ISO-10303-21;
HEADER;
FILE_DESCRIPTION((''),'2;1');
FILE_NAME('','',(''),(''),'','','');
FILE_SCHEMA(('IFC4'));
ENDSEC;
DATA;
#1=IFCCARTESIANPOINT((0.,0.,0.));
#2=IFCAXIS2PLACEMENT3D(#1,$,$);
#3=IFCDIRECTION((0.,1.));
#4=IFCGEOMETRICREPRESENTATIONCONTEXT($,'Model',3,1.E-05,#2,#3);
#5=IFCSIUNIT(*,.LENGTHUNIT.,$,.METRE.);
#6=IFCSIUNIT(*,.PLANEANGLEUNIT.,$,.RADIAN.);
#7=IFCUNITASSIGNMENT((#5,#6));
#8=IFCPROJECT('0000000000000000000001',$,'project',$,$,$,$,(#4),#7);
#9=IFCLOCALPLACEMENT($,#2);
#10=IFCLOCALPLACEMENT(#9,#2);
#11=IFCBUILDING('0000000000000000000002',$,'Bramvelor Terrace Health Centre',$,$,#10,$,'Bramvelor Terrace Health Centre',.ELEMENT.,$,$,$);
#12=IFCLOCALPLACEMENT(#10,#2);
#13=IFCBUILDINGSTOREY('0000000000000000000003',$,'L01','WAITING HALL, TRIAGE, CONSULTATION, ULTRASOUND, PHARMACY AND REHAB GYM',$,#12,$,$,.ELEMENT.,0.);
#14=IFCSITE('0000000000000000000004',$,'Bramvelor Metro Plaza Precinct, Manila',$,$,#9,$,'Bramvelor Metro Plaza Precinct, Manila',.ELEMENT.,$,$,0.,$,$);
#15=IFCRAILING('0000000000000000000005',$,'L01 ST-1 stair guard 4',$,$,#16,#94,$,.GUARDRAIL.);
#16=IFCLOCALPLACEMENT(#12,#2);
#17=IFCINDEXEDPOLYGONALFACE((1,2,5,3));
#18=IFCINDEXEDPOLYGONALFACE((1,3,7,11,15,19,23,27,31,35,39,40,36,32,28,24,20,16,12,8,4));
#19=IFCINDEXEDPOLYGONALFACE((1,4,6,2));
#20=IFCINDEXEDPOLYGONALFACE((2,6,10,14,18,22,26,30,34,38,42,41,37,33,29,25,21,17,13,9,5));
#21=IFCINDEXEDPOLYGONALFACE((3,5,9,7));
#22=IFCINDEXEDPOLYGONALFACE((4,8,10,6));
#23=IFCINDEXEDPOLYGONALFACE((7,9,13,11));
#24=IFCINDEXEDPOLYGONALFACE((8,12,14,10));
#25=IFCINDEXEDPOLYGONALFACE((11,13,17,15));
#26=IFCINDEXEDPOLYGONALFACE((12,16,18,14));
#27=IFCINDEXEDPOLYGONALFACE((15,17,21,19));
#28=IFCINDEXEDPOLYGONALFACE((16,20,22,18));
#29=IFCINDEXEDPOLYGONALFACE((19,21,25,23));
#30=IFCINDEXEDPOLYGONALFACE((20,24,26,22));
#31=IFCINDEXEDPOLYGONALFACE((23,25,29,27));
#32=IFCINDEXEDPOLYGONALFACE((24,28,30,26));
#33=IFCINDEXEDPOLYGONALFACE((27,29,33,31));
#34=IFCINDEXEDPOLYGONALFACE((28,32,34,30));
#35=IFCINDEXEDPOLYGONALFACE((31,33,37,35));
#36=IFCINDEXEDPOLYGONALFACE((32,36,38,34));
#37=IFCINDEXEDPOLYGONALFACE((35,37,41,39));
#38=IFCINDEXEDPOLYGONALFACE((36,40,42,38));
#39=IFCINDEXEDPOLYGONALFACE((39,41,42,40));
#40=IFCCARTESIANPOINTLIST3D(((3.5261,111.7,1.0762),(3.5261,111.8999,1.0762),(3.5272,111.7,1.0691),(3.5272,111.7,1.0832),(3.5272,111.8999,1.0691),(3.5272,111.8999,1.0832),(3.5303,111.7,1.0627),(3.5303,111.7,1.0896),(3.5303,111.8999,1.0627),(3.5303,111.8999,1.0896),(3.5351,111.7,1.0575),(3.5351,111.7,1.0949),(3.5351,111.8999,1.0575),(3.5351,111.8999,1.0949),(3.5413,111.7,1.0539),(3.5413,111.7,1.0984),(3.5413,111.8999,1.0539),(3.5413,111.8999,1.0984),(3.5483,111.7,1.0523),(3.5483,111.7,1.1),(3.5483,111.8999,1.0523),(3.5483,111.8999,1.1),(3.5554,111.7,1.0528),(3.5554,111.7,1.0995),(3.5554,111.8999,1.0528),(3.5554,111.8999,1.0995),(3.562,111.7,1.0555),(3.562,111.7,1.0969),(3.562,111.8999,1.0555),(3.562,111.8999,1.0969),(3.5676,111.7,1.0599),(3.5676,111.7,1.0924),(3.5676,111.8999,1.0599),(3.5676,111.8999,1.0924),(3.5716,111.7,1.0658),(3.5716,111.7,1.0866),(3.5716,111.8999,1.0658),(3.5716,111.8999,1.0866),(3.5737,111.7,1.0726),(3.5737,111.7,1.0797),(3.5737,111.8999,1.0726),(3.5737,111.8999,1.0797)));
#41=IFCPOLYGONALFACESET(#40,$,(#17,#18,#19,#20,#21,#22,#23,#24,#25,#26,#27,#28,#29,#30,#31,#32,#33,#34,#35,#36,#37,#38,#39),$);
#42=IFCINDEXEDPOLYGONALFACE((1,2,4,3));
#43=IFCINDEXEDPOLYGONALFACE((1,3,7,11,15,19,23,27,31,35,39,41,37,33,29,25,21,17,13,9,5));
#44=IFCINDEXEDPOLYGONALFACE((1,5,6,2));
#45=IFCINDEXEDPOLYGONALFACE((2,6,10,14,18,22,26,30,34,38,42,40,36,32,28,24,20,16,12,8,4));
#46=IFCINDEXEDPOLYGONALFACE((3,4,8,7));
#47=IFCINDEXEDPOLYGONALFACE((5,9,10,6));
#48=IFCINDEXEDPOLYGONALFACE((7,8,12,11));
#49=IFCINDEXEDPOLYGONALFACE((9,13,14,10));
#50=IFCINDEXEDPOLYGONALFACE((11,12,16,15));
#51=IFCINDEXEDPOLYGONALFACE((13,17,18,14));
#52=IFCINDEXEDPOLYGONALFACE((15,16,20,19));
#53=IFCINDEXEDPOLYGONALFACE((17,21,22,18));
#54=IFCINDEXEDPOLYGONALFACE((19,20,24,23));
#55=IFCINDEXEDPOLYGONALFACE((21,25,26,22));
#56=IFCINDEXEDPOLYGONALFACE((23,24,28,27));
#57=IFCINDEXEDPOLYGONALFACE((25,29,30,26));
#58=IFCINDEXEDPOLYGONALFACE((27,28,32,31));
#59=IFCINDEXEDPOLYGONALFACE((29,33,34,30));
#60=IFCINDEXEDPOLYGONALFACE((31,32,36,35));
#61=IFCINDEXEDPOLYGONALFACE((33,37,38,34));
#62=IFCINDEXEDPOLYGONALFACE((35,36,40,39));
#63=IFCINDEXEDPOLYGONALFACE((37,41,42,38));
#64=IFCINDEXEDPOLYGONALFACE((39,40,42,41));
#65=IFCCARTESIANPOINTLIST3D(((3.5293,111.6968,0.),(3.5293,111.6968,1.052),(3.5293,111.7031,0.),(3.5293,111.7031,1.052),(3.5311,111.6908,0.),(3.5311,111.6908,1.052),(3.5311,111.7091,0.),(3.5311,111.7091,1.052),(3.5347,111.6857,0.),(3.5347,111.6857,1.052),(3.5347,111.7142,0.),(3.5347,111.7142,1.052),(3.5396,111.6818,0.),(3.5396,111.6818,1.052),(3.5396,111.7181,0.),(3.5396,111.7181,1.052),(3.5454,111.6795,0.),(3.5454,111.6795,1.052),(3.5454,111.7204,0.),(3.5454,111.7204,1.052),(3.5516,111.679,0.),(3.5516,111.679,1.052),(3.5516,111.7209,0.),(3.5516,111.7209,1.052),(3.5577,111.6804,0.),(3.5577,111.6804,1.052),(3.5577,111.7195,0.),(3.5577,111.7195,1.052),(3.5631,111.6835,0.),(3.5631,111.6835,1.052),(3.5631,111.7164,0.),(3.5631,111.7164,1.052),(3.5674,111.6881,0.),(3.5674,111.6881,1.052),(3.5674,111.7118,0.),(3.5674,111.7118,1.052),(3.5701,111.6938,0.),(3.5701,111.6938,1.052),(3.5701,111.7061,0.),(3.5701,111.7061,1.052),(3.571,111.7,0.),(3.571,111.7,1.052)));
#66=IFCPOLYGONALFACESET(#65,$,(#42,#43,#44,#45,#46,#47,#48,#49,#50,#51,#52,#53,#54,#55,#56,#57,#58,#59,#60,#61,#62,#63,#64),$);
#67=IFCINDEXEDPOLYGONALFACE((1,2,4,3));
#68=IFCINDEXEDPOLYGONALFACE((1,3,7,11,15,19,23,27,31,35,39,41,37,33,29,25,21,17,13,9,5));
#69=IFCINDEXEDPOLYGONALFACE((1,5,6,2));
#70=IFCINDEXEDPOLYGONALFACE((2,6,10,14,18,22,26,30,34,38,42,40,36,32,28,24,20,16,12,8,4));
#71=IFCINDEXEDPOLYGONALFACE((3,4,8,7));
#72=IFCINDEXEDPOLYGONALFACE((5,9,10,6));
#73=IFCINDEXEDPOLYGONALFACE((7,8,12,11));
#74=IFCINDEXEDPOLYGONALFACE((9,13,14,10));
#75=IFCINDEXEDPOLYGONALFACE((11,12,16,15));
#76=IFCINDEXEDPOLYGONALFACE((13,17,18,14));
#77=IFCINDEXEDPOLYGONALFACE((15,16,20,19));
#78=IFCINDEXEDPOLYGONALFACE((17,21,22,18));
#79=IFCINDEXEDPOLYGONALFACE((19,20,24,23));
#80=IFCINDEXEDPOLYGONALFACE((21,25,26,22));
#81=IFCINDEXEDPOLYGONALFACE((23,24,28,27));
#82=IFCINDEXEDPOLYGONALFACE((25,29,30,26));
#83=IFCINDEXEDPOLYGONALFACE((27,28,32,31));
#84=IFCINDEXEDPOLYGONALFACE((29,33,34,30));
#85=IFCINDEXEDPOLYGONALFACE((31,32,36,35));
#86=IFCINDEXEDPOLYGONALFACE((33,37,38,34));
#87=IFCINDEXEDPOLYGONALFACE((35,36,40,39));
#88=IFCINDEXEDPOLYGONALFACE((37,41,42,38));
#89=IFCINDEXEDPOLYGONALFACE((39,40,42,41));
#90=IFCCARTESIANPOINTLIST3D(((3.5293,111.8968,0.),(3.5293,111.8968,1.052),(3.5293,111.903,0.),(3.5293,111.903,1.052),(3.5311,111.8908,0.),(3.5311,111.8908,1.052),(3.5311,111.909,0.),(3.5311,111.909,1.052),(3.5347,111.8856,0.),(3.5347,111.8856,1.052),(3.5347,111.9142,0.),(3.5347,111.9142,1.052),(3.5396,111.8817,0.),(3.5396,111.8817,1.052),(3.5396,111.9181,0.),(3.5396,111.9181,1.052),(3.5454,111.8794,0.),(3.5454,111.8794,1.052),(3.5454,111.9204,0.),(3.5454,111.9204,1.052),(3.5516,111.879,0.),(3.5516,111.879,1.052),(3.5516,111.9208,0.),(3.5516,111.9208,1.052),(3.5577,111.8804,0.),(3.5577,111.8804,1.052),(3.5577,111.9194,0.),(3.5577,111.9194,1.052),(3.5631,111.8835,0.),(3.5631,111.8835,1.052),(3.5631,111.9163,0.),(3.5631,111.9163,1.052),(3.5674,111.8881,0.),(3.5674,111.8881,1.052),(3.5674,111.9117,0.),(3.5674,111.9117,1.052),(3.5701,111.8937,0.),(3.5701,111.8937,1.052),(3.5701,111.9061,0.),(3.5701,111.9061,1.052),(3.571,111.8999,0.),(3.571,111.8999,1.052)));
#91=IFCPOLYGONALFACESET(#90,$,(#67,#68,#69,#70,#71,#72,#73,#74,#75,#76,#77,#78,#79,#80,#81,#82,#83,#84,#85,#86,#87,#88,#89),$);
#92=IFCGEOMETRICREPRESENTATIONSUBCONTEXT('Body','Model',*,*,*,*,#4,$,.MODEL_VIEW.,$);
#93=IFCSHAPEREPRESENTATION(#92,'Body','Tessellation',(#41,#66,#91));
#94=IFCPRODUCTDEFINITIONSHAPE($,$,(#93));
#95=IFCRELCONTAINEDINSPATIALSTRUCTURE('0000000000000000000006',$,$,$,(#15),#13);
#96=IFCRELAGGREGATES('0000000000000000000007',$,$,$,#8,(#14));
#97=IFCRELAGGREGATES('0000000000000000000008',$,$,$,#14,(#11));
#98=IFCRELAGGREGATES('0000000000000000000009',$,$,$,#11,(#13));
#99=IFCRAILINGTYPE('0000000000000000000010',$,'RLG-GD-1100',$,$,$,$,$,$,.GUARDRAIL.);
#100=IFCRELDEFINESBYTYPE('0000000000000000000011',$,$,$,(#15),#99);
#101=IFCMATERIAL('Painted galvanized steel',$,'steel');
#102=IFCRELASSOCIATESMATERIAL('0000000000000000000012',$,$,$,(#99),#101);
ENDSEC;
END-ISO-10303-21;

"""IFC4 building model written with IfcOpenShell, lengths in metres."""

from ifc_helpers import new_model, si_unit, direction, frame, origin, origin_2d, place, context, subcontext, project, spatial, circle, extrude, material, type_object, element, save


model = new_model("IFC4")

# Units and contexts
model_context = context("Model", 3, precision=1e-05, world=origin(), true_north=direction((0.0, 1.0)))
body_context = subcontext(model_context, "Body", "Model", "MODEL_VIEW")
ifc_project = project(units=[si_unit("LENGTHUNIT", "METRE"), si_unit("PLANEANGLEUNIT", "RADIAN")], contexts=[model_context])

# Site, building, storey
site_placement = place(None, origin())
site = spatial("IfcSite", under=ifc_project, at=site_placement, Name="Bramvelor Metro Plaza Precinct, Manila", LongName="Bramvelor Metro Plaza Precinct, Manila", CompositionType="ELEMENT", RefElevation=0.0)
building_placement = place(site_placement, origin())
building = spatial("IfcBuilding", under=site, at=building_placement, Name="Bramvelor Terrace Health Centre", LongName="Bramvelor Terrace Health Centre", CompositionType="ELEMENT")
storey_placement = place(building_placement, origin())
storey = spatial("IfcBuildingStorey", under=building, at=storey_placement, Name="L01", Description="WAITING HALL, TRIAGE, CONSULTATION, ULTRASOUND, PHARMACY AND REHAB GYM", CompositionType="ELEMENT", Elevation=0.0)

# Railing
ifc_material_1 = material(Name="Painted galvanized steel", Category="steel")
railing_type_1 = type_object("IfcRailingType", Name="RLG-GD-1100", PredefinedType="GUARDRAIL", material=ifc_material_1)
railing_1_placement = place(storey_placement, frame((3.55, 111.7, 0.0)))
element("IfcRailing", 1, at=railing_1_placement, inside=storey, type_object=railing_type_1, Name="L01 ST-1 stair guard 4", PredefinedType="GUARDRAIL", context=body_context, shape_type="SweptSolid", body=[
    extrude(circle(Radius=0.0239, at=origin_2d()), frame((0.0, 0.0, 1.0762), z_axis=(0.0, 1.0, 0.0), x_axis=(-1.0, 0.0, 0.0)), (0.0, 0.0, 1.0), 0.2),
    extrude(circle(Radius=0.021, at=origin_2d()), origin(), (0.0, 0.0, 1.0), 1.052),
    extrude(circle(Radius=0.021, at=origin_2d()), frame((0.0, 0.2, 0.0)), (0.0, 0.0, 1.0), 1.052),
])

save(model, "model.ifc")
